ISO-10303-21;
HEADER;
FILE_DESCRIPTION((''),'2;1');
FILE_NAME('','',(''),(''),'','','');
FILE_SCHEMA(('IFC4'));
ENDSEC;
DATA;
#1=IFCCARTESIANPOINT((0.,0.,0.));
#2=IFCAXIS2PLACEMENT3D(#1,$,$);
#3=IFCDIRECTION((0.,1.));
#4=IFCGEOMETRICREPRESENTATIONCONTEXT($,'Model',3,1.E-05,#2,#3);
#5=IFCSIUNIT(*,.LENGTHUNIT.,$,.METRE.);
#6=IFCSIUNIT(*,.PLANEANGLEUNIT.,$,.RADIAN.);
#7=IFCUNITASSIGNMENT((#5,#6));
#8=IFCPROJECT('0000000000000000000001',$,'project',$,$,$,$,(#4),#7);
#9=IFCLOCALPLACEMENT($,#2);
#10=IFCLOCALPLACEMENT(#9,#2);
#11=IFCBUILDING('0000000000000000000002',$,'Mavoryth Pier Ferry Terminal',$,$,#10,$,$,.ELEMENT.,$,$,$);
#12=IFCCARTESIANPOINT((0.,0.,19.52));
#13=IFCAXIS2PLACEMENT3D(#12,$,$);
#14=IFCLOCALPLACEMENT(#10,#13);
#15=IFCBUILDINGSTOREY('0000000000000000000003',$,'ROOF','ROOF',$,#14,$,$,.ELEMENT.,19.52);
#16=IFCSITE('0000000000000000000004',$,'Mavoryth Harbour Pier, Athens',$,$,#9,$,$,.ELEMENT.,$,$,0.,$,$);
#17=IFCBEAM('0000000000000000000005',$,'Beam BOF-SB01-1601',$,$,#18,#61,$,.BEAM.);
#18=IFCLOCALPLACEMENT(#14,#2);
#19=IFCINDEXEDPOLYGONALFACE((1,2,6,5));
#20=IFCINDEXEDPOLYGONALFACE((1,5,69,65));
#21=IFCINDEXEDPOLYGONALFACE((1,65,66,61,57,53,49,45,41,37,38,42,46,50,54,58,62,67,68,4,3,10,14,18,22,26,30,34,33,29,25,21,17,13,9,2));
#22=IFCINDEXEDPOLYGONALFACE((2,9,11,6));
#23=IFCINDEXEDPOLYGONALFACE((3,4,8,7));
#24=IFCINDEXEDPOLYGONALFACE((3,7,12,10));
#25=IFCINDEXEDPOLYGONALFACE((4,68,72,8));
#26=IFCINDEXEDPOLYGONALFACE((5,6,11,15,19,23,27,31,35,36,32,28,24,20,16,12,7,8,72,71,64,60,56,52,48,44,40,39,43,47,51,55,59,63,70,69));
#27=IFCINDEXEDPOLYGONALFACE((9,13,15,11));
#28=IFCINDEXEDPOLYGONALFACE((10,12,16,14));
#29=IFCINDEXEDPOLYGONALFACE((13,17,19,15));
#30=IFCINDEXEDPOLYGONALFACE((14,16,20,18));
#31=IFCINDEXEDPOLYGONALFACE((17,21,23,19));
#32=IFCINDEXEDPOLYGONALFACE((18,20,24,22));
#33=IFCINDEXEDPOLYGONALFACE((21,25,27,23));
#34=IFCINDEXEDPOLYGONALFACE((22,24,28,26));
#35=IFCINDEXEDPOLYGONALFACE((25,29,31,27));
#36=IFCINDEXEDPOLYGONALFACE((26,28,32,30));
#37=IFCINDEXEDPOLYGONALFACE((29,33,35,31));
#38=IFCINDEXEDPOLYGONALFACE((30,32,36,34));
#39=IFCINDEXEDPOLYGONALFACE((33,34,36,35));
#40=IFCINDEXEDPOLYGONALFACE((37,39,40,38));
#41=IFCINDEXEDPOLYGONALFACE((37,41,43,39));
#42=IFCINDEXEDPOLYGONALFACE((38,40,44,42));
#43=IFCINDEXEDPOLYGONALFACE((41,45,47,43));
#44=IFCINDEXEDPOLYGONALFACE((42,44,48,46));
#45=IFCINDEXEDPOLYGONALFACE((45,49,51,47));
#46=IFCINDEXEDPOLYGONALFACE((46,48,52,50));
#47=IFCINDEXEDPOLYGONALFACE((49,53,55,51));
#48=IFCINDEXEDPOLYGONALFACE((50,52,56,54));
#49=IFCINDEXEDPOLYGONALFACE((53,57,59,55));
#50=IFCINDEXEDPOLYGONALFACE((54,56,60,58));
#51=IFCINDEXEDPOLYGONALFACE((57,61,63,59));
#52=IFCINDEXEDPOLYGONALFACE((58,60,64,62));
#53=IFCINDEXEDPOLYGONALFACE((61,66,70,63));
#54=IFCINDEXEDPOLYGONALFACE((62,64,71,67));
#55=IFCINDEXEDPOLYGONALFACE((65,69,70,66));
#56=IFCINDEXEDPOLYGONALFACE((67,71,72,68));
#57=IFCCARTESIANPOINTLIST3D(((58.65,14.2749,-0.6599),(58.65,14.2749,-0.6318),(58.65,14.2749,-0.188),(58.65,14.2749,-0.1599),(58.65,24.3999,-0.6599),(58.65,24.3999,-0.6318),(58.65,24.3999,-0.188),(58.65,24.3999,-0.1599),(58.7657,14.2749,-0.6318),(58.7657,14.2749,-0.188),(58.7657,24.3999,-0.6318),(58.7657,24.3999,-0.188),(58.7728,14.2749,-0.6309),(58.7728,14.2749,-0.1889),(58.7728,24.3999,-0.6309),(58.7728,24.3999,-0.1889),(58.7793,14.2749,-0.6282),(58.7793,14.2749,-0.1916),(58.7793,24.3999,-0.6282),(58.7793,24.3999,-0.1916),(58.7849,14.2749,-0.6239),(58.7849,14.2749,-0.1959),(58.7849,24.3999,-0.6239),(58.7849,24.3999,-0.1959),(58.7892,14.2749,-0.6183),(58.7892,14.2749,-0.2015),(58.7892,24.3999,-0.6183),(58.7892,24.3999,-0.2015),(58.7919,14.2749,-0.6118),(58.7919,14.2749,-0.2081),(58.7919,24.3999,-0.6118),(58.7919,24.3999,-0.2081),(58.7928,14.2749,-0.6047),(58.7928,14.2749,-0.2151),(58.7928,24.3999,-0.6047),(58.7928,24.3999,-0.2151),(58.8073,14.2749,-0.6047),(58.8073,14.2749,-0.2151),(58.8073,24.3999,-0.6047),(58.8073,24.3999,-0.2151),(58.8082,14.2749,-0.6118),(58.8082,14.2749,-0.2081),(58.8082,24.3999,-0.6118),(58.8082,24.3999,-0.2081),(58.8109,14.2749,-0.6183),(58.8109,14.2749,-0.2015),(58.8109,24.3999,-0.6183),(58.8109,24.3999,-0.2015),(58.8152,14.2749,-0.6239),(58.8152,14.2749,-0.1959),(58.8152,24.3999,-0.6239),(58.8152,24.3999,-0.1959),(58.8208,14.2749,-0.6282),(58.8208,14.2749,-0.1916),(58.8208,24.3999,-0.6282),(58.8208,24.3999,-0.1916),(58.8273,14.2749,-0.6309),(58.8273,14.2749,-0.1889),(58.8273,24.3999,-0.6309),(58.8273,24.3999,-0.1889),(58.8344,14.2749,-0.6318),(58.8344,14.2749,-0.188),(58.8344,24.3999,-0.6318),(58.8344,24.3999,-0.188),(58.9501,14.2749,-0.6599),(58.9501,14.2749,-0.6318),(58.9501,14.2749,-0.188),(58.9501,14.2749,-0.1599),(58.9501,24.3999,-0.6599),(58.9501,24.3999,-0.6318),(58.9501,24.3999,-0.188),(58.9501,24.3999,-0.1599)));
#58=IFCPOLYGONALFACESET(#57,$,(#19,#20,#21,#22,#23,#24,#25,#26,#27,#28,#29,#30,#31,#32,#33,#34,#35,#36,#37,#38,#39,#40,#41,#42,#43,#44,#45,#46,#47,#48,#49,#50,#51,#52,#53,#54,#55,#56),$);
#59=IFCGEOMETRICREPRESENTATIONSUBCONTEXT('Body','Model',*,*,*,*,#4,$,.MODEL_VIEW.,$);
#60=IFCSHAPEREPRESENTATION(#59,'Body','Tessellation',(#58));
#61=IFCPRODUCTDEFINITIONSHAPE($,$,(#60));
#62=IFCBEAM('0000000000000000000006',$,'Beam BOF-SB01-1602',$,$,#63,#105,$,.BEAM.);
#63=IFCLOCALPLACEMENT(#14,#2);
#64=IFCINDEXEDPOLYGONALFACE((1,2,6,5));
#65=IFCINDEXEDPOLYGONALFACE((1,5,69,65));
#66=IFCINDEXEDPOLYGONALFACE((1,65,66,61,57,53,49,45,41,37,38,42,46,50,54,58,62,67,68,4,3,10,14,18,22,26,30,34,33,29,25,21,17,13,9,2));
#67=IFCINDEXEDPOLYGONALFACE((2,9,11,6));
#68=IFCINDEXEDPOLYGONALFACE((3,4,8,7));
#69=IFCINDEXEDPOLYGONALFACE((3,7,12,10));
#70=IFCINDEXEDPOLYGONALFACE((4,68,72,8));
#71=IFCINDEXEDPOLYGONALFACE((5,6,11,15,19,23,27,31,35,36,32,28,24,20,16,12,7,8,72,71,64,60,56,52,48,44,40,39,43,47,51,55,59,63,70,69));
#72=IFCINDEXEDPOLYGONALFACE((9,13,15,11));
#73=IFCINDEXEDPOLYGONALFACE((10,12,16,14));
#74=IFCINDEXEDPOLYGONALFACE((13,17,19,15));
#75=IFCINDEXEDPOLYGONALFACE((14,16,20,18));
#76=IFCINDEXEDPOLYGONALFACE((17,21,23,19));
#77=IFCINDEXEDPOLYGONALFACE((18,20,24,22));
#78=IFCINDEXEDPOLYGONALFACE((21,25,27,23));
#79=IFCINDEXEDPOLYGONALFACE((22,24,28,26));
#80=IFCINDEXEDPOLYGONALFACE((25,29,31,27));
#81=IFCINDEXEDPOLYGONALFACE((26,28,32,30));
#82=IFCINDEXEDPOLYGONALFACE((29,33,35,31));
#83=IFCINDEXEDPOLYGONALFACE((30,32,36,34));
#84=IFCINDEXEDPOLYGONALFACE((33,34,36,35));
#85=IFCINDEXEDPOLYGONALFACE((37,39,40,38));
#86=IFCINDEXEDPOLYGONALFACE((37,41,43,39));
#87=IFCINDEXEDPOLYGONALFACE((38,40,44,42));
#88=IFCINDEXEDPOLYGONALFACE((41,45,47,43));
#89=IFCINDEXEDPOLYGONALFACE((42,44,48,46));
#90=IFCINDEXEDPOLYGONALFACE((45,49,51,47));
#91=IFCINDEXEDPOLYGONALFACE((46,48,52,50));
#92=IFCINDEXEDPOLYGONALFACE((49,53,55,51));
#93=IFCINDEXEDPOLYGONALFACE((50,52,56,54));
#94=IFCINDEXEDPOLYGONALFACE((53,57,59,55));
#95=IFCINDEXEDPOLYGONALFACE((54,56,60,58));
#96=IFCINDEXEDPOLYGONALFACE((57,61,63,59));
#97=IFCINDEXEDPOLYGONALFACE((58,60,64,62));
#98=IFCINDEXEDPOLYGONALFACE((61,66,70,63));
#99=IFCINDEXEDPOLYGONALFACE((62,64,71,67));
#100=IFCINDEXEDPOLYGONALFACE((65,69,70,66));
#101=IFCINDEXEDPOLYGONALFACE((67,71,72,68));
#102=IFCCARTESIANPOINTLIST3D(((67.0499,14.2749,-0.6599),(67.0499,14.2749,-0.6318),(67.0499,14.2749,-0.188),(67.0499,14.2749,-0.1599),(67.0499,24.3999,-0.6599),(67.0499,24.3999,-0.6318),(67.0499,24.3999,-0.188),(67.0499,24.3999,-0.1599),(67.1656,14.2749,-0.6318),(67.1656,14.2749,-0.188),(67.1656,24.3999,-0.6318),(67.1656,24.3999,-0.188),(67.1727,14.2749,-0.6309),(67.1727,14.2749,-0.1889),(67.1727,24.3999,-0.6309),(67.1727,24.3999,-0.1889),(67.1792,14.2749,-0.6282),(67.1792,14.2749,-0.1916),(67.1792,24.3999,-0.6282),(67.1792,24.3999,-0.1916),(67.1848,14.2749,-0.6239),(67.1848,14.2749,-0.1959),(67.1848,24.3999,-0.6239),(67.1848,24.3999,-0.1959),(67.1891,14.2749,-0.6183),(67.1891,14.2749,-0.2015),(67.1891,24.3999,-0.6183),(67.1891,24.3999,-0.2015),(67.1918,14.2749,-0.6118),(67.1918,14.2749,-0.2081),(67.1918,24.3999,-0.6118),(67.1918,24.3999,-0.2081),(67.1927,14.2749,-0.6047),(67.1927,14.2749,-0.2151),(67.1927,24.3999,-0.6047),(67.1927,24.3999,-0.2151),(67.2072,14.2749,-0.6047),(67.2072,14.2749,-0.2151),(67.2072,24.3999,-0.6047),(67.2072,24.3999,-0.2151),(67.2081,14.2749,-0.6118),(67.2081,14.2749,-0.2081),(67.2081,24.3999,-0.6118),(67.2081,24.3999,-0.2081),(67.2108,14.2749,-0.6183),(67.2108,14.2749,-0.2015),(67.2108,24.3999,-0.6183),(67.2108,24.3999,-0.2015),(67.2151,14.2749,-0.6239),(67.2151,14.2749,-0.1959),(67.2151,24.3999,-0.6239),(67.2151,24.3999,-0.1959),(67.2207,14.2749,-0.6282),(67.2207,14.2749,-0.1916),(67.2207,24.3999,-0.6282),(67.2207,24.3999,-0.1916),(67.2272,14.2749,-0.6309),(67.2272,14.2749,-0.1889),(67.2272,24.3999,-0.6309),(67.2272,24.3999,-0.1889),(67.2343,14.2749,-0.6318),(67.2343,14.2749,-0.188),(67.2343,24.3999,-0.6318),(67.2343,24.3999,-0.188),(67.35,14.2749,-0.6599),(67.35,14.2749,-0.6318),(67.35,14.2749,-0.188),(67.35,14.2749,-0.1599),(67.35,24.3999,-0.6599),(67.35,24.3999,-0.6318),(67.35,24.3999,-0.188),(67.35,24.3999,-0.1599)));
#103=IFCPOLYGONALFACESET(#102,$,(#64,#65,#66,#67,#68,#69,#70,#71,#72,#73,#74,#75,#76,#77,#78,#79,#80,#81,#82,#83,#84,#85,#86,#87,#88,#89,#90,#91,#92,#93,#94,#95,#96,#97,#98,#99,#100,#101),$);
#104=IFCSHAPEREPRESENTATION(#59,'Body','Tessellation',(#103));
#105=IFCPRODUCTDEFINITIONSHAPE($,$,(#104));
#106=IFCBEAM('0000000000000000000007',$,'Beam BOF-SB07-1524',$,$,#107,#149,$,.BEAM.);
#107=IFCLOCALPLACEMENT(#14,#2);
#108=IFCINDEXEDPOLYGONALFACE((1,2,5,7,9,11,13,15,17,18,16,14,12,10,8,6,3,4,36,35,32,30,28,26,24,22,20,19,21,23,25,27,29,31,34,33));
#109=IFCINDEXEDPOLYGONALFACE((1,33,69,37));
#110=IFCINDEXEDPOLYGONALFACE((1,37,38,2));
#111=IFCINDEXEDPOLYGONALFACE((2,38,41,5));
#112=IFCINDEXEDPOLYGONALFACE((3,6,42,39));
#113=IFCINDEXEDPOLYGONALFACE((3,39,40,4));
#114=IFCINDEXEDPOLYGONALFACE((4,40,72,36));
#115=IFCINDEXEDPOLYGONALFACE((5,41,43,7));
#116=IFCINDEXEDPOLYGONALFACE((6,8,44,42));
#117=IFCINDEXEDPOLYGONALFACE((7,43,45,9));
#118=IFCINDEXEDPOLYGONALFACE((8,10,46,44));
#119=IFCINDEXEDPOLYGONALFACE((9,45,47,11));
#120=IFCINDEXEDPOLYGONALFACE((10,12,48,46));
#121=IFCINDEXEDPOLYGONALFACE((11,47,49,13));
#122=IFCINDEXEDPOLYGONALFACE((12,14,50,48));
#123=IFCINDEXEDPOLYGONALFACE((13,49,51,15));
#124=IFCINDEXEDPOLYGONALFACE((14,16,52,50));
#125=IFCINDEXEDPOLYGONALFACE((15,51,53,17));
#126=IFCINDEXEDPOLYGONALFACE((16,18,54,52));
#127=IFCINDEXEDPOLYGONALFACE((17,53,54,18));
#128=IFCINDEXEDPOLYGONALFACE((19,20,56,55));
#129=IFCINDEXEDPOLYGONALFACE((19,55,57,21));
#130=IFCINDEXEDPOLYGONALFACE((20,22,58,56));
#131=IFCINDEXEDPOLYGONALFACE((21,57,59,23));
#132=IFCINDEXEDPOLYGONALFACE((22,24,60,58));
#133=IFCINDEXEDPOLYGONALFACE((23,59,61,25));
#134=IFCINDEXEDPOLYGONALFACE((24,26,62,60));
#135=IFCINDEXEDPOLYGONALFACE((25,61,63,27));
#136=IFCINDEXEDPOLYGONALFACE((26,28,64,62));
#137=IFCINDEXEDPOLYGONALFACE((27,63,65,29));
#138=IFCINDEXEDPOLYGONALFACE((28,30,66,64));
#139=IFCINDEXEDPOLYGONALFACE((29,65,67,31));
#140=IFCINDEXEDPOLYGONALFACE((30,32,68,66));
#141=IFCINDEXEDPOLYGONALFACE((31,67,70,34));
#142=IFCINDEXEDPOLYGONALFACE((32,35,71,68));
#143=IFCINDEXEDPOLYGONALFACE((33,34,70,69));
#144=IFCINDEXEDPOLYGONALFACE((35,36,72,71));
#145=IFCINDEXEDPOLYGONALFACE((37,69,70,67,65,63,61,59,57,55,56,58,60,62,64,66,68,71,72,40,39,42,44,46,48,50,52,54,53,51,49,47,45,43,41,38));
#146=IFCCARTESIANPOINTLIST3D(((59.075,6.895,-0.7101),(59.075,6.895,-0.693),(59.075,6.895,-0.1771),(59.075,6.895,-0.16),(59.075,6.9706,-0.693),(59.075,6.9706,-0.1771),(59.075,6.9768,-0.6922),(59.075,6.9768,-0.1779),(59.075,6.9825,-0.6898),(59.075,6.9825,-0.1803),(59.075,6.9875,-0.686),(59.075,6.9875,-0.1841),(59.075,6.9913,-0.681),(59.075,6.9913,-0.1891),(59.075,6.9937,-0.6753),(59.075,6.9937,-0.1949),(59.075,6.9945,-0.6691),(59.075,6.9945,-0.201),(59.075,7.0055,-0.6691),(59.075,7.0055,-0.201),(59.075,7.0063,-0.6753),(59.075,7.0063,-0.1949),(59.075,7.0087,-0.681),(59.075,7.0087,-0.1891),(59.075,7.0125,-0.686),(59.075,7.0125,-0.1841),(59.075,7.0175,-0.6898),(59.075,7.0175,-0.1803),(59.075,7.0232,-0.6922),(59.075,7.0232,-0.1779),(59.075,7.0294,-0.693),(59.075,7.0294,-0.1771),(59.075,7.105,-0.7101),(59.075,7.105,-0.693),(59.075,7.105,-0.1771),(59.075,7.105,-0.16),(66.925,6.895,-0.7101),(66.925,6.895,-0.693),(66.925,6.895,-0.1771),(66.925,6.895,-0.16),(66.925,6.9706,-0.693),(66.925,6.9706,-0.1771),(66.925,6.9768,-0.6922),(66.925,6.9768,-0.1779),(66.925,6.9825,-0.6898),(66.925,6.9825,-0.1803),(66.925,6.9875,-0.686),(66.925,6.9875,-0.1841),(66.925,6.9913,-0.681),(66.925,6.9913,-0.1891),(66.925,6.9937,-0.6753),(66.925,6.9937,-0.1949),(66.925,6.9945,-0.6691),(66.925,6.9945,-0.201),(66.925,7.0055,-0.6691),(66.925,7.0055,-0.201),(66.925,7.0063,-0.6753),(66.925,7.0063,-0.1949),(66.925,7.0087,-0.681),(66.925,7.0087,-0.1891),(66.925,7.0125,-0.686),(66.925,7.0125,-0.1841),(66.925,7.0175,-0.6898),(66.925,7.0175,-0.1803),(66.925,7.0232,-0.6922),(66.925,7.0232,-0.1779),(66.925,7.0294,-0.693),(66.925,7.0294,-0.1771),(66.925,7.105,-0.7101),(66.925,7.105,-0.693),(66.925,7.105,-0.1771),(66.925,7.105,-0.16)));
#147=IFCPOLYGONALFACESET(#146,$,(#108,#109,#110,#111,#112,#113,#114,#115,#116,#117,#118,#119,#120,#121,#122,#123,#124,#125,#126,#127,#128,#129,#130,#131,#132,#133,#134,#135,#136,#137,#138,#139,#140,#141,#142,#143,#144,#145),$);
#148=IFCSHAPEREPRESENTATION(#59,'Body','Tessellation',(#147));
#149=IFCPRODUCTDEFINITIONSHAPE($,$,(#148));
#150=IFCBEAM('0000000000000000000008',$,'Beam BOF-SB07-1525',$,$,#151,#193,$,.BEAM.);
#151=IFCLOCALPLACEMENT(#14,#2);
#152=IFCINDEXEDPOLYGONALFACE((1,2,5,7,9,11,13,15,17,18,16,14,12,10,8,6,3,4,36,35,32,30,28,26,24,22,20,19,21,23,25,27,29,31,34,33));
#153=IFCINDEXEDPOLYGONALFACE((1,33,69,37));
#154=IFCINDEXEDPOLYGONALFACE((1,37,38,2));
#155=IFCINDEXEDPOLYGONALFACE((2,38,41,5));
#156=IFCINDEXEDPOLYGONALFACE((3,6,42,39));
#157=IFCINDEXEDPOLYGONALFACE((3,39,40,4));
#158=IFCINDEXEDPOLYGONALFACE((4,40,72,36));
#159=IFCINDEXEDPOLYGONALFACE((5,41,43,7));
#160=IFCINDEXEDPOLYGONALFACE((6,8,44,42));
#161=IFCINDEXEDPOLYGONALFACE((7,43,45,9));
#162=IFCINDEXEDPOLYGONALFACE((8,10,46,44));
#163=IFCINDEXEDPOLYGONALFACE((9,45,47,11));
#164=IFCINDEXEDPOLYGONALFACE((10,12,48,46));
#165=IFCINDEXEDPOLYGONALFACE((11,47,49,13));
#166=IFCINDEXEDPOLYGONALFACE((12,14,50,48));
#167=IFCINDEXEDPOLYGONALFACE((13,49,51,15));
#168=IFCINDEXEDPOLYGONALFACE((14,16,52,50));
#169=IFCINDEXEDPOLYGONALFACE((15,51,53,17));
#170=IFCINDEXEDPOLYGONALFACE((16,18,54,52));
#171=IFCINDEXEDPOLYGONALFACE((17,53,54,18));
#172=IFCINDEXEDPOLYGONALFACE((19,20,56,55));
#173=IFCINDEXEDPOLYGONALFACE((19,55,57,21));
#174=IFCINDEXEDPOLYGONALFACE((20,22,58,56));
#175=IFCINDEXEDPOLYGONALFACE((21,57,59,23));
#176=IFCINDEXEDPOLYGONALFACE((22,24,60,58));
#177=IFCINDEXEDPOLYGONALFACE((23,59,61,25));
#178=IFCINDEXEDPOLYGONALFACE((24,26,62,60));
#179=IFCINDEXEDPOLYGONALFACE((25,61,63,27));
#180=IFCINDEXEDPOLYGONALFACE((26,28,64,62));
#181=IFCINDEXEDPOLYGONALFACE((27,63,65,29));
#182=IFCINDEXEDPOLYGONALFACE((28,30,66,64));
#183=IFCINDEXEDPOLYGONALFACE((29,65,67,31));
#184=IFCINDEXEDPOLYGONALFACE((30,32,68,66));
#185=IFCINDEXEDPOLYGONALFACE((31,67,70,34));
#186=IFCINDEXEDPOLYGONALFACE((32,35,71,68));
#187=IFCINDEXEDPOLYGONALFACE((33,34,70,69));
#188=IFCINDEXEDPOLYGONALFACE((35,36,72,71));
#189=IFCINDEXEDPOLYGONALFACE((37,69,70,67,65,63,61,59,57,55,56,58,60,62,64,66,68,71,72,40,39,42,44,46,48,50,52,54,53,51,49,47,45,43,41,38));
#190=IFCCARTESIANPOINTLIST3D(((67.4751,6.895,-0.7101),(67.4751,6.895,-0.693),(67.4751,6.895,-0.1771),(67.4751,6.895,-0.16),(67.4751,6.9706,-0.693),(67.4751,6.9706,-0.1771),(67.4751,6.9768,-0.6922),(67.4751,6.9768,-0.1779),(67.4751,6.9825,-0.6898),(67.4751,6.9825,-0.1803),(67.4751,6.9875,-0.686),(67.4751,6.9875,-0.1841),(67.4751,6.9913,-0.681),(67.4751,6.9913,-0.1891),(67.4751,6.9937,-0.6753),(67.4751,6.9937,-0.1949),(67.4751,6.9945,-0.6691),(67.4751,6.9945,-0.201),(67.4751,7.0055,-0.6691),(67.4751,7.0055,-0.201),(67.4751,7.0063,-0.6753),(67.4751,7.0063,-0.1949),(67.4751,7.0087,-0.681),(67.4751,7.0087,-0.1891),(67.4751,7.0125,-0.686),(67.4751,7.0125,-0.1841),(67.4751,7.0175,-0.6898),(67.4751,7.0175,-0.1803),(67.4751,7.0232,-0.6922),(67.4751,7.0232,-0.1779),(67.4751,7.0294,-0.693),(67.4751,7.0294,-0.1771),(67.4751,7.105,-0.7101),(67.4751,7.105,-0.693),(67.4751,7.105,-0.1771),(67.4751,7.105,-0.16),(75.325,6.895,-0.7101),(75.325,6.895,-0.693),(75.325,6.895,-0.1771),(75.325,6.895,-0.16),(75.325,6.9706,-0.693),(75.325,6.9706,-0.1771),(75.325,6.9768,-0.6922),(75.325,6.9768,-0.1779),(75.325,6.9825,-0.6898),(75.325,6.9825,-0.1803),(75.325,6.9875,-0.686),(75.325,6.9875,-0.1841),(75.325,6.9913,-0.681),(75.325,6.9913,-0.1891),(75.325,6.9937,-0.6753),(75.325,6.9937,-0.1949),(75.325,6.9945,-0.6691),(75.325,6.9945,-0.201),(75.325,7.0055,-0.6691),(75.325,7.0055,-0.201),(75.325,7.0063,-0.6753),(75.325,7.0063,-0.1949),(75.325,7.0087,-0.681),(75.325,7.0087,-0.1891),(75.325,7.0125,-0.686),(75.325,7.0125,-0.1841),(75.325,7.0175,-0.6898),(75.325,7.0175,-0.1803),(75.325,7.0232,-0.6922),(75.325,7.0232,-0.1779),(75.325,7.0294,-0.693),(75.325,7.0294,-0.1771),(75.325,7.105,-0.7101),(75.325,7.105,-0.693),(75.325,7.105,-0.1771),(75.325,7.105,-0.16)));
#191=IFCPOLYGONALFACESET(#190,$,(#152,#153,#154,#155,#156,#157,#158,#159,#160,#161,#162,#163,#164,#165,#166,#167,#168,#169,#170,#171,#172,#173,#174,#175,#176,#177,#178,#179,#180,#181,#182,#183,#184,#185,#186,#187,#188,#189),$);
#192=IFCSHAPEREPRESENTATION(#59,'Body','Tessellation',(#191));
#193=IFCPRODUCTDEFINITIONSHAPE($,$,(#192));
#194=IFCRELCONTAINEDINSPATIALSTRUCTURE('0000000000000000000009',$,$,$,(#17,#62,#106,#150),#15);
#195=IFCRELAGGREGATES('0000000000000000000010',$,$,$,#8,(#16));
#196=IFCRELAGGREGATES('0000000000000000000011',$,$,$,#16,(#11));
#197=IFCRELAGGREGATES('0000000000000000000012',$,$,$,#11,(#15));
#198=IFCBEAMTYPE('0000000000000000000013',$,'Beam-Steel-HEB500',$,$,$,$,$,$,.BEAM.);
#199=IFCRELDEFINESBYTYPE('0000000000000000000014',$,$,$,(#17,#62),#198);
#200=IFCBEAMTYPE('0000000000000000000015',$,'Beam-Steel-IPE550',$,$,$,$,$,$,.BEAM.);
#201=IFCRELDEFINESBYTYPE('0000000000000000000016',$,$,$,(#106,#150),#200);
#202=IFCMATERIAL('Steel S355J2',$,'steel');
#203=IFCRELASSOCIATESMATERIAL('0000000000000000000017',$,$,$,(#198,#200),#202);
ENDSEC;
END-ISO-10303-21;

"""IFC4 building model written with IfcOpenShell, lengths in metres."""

from ifc_helpers import new_model, si_unit, direction, frame, origin, origin_2d, place, context, subcontext, project, spatial, i_section, extrude, material, material_profile, profile_set, type_object, element, save


model = new_model("IFC4")

# Units and contexts
model_context = context("Model", 3, precision=1e-05, world=origin(), true_north=direction((0.0, 1.0)))
body_context = subcontext(model_context, "Body", "Model", "MODEL_VIEW")
ifc_project = project(units=[si_unit("LENGTHUNIT", "METRE"), si_unit("PLANEANGLEUNIT", "RADIAN")], contexts=[model_context])

# Site, building, storey
site_placement = place(None, origin())
site = spatial("IfcSite", under=ifc_project, at=site_placement, Name="Mavoryth Harbour Pier, Athens", CompositionType="ELEMENT", RefElevation=0.0)
building_placement = place(site_placement, origin())
building = spatial("IfcBuilding", under=site, at=building_placement, Name="Mavoryth Pier Ferry Terminal", CompositionType="ELEMENT")
storey_placement = place(building_placement, frame((0.0, 0.0, 19.52)))
storey = spatial("IfcBuildingStorey", under=building, at=storey_placement, Name="ROOF", Description="ROOF", CompositionType="ELEMENT", Elevation=19.52)

# Beams
ifc_material_1 = material(Name="Steel S355J2", Category="steel")
ifc_material_profile_1 = material_profile(ifc_material_1, i_section(OverallWidth=0.3, OverallDepth=0.5, WebThickness=0.0144, FlangeThickness=0.0281, FilletRadius=0.0271, at=origin_2d()), Name="HEB 500", Category="steel")
ifc_profile_set_1 = profile_set([ifc_material_profile_1], Name="Steel S355J2 - HEB 500")
beam_type_1 = type_object("IfcBeamType", Name="Beam-Steel-HEB500", PredefinedType="BEAM", material=ifc_profile_set_1)
for number, where, z_axis, x_axis, name in (
    (1, (58.8, 14.2749, -0.4099), (0.0, 1.0, 0.0), (-1.0, 0.0, 0.0), "Beam BOF-SB01-1601"),
    (2, (67.2, 14.2749, -0.4099), (0.0, 1.0, 0.0), (-1.0, 0.0, 0.0), "Beam BOF-SB01-1602"),
):
    element("IfcBeam", number, at=place(storey_placement, frame(where, z_axis=z_axis, x_axis=x_axis)), inside=storey, type_object=beam_type_1, Name=name, PredefinedType="BEAM", context=body_context, shape_type="SweptSolid", body=[
        extrude(i_section(OverallWidth=0.3, OverallDepth=0.5, WebThickness=0.0144, FlangeThickness=0.0281, FilletRadius=0.0271, at=origin_2d()), origin(), (0.0, 0.0, 1.0), 10.125),
    ])
ifc_material_profile_2 = material_profile(ifc_material_1, i_section(OverallWidth=0.21, OverallDepth=0.55, WebThickness=0.011, FlangeThickness=0.0171, FilletRadius=0.0239, at=origin_2d()), Name="IPE 550", Category="steel")
ifc_profile_set_2 = profile_set([ifc_material_profile_2], Name="Steel S355J2 - IPE 550")
beam_type_2 = type_object("IfcBeamType", Name="Beam-Steel-IPE550", PredefinedType="BEAM", material=ifc_profile_set_2)
beam_1_placement = place(storey_placement, frame((59.075, 7.0, -0.4351), z_axis=(1.0, 0.0, 0.0), x_axis=(0.0, 1.0, 0.0)))
element("IfcBeam", 3, at=beam_1_placement, inside=storey, type_object=beam_type_2, Name="Beam BOF-SB07-1524", PredefinedType="BEAM", context=body_context, shape_type="SweptSolid", body=[
    extrude(i_section(OverallWidth=0.21, OverallDepth=0.55, WebThickness=0.011, FlangeThickness=0.0171, FilletRadius=0.0239, at=origin_2d()), origin(), (0.0, 0.0, 1.0), 7.8501),
])
beam_2_placement = place(storey_placement, frame((67.4751, 7.0, -0.4351), z_axis=(1.0, 0.0, 0.0), x_axis=(0.0, 1.0, 0.0)))
element("IfcBeam", 4, at=beam_2_placement, inside=storey, type_object=beam_type_2, Name="Beam BOF-SB07-1525", PredefinedType="BEAM", context=body_context, shape_type="SweptSolid", body=[
    extrude(i_section(OverallWidth=0.21, OverallDepth=0.55, WebThickness=0.011, FlangeThickness=0.0171, FilletRadius=0.0239, at=origin_2d()), origin(), (0.0, 0.0, 1.0), 7.8499),
])

save(model, "model.ifc")
